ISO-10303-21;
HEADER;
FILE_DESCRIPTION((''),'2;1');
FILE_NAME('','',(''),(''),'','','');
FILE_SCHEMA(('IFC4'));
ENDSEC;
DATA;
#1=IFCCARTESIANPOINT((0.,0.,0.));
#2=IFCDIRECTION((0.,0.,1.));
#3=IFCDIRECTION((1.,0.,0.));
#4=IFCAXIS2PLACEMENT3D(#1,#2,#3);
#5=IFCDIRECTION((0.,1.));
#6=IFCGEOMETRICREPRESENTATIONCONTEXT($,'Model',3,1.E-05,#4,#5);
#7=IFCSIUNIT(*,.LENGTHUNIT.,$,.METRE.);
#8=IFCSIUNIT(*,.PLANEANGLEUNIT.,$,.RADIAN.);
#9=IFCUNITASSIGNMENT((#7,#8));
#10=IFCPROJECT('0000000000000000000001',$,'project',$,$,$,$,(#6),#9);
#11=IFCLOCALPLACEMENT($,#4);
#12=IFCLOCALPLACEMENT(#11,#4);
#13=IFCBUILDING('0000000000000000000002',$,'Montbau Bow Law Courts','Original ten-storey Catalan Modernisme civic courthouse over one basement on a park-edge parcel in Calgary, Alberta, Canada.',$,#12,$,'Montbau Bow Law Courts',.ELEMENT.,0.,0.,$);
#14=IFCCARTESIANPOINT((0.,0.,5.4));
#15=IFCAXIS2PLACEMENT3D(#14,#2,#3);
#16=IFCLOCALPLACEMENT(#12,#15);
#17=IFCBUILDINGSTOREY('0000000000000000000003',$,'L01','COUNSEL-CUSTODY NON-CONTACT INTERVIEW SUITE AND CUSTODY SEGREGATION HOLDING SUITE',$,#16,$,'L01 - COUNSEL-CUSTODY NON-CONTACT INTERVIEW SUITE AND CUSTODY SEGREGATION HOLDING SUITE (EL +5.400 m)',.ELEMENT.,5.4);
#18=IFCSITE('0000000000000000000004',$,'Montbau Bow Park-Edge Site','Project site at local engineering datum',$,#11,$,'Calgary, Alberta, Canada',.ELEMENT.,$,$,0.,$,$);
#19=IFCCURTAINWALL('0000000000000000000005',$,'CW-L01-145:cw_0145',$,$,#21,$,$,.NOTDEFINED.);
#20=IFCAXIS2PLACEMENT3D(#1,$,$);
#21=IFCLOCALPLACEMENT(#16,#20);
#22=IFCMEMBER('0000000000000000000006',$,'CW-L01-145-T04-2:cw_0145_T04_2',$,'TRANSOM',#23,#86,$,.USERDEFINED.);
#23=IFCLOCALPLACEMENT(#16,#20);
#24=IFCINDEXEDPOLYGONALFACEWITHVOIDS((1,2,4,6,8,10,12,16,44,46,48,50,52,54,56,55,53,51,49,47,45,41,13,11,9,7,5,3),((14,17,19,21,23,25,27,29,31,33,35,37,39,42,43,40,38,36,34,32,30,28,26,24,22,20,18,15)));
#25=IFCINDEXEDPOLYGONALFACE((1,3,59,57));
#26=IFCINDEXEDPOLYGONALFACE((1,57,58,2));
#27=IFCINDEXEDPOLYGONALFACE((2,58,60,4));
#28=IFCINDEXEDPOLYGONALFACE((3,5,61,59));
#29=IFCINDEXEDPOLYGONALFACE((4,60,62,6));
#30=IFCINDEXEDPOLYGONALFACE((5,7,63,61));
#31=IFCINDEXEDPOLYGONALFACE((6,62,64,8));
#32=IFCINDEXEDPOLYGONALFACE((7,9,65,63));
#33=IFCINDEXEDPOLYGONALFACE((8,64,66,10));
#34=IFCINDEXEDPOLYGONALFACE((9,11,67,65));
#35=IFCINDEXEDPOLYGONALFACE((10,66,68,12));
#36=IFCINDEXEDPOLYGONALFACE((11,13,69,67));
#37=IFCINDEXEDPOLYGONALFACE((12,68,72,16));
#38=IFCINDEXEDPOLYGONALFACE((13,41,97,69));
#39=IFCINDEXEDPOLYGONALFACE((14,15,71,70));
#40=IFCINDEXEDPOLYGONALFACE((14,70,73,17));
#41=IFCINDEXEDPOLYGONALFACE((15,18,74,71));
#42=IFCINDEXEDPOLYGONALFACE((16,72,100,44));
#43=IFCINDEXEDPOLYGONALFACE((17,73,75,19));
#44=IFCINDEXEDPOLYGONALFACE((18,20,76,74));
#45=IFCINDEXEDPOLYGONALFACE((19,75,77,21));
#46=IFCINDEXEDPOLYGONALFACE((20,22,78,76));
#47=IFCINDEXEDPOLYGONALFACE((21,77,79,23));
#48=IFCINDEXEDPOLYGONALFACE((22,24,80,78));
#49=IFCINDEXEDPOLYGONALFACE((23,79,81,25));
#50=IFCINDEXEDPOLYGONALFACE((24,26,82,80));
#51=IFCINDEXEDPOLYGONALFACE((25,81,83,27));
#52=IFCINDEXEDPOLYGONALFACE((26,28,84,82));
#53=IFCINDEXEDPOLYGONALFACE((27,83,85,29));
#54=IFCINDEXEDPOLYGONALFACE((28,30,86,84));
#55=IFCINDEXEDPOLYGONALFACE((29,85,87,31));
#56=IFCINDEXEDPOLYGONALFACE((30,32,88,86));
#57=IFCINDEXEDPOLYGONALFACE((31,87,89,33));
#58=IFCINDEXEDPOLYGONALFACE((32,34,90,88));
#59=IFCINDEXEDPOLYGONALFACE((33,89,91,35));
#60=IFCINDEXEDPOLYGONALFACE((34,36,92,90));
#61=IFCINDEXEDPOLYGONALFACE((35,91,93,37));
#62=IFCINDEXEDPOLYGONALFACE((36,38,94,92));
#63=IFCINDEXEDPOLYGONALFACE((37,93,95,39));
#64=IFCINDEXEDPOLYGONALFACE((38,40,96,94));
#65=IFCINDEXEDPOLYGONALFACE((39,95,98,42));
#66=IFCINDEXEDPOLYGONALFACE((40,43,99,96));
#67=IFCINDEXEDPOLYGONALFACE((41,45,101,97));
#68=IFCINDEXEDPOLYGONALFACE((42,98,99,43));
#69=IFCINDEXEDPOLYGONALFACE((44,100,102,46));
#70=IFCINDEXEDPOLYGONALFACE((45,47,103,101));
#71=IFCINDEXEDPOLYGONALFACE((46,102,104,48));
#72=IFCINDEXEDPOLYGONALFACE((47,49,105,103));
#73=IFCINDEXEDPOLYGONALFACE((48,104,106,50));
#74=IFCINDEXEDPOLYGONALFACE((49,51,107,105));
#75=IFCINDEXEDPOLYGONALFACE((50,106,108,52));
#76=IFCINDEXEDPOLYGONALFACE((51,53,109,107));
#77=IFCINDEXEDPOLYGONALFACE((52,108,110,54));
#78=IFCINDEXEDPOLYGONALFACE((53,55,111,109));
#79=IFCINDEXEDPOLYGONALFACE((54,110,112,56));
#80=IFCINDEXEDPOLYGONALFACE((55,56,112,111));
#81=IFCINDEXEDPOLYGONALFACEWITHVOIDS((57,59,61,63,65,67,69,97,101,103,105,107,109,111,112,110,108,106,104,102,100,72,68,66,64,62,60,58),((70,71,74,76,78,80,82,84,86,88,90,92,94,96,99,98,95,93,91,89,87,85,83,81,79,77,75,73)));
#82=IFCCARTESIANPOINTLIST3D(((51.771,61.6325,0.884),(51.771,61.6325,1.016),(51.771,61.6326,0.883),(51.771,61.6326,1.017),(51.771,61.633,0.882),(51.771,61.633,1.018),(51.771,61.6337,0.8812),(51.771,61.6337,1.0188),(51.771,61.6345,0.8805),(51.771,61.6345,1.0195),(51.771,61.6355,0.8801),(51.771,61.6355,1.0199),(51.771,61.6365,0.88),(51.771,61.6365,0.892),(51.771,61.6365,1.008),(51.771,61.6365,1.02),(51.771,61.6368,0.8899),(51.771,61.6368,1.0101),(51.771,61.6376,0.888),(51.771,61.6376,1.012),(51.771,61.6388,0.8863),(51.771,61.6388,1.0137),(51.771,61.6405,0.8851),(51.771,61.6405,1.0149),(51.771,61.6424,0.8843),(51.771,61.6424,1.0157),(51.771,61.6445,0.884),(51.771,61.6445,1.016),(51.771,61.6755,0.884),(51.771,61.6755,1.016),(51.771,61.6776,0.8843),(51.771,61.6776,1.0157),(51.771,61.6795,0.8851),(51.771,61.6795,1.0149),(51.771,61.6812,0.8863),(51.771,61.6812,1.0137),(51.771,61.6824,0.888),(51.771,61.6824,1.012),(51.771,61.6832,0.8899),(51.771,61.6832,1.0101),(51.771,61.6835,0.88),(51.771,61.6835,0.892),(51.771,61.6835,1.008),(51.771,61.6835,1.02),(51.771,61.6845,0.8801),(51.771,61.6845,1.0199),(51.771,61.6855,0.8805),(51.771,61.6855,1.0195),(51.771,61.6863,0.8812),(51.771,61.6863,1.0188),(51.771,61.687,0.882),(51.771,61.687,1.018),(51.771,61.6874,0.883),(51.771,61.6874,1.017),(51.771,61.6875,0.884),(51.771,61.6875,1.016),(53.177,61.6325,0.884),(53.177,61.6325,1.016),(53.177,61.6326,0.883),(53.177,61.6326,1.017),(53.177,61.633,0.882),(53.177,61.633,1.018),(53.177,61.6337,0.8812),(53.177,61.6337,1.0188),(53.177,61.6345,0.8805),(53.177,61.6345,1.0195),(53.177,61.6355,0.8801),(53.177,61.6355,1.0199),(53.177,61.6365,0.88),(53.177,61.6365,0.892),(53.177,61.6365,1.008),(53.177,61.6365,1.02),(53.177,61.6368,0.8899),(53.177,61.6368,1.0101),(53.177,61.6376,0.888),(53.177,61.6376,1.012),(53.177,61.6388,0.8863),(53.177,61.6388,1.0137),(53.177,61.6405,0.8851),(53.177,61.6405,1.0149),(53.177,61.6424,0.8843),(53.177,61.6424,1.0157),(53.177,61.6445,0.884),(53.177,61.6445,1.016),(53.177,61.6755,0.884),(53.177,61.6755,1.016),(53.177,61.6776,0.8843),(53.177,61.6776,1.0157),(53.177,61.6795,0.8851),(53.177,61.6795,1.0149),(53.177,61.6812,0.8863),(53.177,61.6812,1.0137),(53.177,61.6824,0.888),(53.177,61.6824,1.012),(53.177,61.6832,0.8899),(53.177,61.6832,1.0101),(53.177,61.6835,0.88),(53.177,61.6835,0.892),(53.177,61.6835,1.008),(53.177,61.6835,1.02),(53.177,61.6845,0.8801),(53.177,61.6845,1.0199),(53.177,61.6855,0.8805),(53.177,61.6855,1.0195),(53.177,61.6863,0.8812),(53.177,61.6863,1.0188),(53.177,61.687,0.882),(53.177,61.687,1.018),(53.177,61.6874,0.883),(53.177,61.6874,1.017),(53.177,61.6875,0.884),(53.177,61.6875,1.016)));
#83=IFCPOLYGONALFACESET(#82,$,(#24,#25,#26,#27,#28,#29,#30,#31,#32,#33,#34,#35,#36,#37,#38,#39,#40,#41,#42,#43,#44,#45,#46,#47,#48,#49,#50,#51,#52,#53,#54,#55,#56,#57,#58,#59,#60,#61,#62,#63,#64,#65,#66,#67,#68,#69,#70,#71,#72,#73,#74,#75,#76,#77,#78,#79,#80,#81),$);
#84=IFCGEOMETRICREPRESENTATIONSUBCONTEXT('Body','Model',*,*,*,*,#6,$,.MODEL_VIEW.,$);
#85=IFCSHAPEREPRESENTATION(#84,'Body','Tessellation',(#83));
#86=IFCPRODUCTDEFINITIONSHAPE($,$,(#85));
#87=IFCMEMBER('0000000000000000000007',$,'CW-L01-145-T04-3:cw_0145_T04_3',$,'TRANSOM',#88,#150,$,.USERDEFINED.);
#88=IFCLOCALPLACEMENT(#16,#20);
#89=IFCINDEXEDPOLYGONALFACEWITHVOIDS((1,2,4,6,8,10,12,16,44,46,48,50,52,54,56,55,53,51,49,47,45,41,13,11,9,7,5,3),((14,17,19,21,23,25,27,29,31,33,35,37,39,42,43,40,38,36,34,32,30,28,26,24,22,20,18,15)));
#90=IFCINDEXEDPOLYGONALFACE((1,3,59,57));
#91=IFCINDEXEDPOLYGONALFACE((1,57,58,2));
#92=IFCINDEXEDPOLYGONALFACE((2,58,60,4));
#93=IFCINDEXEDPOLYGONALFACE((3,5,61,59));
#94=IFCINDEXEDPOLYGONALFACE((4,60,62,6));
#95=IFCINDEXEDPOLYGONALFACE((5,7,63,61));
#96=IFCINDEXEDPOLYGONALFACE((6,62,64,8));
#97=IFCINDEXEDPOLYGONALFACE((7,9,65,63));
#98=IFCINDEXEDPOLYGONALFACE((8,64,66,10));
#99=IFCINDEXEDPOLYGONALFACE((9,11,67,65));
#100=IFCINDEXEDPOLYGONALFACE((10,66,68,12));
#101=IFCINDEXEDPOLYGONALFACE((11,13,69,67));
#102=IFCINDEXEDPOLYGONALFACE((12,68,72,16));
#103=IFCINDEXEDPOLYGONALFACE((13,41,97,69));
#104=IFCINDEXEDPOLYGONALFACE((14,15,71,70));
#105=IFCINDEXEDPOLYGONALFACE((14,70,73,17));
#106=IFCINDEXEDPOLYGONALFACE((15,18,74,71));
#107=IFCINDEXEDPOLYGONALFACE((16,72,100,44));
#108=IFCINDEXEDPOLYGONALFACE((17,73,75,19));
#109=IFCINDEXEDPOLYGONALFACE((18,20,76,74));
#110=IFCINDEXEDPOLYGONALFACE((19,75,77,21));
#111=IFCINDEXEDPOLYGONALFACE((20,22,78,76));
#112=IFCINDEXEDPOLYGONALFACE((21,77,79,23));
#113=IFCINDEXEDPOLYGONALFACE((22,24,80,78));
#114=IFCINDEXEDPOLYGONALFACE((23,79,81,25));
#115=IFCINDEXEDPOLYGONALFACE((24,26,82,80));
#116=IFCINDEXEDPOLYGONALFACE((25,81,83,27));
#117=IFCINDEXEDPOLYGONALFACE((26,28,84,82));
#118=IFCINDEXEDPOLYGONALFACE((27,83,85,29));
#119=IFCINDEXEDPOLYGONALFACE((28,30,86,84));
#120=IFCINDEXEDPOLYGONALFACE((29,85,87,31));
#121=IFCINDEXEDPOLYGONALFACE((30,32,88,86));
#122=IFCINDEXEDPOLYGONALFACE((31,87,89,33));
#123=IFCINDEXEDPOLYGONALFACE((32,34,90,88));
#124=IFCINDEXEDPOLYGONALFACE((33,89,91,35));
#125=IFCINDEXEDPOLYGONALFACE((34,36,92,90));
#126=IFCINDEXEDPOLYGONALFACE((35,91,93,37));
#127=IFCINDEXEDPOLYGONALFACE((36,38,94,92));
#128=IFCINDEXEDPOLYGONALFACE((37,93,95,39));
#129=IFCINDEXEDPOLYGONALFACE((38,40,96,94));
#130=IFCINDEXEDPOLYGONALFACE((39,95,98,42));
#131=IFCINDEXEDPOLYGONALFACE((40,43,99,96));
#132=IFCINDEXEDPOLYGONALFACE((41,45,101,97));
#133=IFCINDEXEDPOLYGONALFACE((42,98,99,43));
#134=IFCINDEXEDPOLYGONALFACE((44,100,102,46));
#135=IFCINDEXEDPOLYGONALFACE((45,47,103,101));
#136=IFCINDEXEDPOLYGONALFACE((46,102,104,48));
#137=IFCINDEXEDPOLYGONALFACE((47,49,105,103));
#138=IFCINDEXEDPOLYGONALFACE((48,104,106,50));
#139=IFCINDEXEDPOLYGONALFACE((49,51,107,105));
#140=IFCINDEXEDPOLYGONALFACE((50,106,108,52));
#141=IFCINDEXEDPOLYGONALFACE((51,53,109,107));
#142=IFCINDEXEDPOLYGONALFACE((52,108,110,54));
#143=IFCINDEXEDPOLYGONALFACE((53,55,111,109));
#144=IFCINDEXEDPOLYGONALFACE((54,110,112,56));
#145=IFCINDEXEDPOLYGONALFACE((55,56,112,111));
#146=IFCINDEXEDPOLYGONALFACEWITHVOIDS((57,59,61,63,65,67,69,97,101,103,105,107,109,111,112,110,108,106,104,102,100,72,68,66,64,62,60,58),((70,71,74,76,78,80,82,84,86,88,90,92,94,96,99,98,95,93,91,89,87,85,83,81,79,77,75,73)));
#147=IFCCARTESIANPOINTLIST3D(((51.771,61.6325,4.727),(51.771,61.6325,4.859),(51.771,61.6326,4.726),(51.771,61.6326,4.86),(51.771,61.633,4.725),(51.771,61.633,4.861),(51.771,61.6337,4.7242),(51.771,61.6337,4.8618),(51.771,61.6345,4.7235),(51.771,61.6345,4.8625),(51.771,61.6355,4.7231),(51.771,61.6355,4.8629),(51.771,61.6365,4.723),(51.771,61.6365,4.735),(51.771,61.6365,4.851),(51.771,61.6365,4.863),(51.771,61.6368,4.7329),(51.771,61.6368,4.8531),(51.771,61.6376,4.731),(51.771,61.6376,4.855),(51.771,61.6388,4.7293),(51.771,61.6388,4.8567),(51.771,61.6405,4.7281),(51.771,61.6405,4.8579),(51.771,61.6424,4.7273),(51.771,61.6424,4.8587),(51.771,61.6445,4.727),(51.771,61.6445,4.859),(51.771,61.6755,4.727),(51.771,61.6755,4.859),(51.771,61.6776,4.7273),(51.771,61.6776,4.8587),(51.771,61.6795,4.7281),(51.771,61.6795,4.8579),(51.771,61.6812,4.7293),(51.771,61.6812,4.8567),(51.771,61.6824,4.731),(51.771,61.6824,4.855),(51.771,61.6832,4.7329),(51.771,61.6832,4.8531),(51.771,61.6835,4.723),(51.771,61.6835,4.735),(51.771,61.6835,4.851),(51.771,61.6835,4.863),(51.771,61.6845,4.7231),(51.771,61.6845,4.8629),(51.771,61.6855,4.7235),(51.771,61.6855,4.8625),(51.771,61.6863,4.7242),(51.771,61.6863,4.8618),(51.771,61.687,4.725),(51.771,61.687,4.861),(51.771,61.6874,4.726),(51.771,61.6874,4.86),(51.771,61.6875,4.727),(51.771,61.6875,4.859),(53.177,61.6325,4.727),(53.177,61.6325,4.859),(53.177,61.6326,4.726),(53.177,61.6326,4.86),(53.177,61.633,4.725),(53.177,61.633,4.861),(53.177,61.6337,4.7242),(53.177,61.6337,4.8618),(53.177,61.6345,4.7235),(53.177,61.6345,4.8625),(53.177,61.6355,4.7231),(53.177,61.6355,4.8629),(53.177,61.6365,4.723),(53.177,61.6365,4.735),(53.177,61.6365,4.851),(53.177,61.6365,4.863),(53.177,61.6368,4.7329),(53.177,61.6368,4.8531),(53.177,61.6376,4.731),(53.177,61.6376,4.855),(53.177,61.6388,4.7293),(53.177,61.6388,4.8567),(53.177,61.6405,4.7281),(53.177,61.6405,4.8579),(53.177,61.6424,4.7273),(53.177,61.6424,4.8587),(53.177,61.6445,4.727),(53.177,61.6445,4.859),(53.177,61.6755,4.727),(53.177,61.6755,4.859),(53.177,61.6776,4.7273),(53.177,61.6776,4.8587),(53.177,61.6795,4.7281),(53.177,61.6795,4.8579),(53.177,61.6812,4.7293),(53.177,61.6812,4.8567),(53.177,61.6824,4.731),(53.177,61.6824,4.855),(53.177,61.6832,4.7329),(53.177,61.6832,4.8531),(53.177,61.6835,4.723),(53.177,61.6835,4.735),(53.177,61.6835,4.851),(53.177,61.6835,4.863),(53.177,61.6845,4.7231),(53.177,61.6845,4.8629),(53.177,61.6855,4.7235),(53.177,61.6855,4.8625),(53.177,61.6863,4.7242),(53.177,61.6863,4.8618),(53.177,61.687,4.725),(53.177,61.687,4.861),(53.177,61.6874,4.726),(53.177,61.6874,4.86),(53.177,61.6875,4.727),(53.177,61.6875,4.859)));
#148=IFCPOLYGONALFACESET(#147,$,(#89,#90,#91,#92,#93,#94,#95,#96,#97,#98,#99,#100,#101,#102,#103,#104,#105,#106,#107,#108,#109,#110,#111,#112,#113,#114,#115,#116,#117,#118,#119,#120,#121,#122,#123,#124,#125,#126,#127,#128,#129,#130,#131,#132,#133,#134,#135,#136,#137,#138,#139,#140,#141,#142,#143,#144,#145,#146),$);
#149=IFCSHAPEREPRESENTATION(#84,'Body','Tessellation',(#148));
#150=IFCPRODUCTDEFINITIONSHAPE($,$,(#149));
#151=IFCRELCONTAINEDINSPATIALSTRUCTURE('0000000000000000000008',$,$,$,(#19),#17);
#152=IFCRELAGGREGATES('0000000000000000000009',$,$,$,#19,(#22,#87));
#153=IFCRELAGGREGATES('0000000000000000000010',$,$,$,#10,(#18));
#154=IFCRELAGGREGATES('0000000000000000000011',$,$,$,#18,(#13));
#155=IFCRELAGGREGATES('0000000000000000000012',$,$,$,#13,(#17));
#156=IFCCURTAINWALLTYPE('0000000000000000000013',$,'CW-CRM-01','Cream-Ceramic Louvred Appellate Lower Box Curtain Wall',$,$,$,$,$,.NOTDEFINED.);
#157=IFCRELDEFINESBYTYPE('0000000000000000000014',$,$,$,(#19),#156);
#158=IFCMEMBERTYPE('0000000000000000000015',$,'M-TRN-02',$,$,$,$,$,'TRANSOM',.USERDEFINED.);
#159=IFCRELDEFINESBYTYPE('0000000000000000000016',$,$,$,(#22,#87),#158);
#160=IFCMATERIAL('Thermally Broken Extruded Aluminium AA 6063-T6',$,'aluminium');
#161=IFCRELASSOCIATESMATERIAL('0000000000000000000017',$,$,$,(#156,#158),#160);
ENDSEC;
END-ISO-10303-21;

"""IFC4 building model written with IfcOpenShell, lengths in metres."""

from ifc_helpers import new_model, si_unit, direction, frame, origin_with_axes, origin_2d_with_axis, place, context, subcontext, project, spatial, hollow_rectangle, extrude, material, material_profile, profile_set, type_object, element, aggregate, save


model = new_model("IFC4")

# Units and contexts
model_context = context("Model", 3, precision=1e-05, world=origin_with_axes(), true_north=direction((0.0, 1.0)))
body_context = subcontext(model_context, "Body", "Model", "MODEL_VIEW")
ifc_project = project(units=[si_unit("LENGTHUNIT", "METRE"), si_unit("PLANEANGLEUNIT", "RADIAN")], contexts=[model_context])

# Site, building, storey
site_placement = place(None, origin_with_axes())
site = spatial("IfcSite", under=ifc_project, at=site_placement, Name="Montbau Bow Park-Edge Site", Description="Project site at local engineering datum", LongName="Calgary, Alberta, Canada", CompositionType="ELEMENT", RefElevation=0.0)
building_placement = place(site_placement, origin_with_axes())
building = spatial("IfcBuilding", under=site, at=building_placement, Name="Montbau Bow Law Courts", Description="Original ten-storey Catalan Modernisme civic courthouse over one basement on a park-edge parcel in Calgary, Alberta, Canada.", LongName="Montbau Bow Law Courts", CompositionType="ELEMENT", ElevationOfRefHeight=0.0, ElevationOfTerrain=0.0)
storey_placement = place(building_placement, frame((0.0, 0.0, 5.4), z_axis=(0.0, 0.0, 1.0), x_axis=(1.0, 0.0, 0.0)))
storey = spatial("IfcBuildingStorey", under=building, at=storey_placement, Name="L01", Description="COUNSEL-CUSTODY NON-CONTACT INTERVIEW SUITE AND CUSTODY SEGREGATION HOLDING SUITE", LongName="L01 - COUNSEL-CUSTODY NON-CONTACT INTERVIEW SUITE AND CUSTODY SEGREGATION HOLDING SUITE (EL +5.400 m)", CompositionType="ELEMENT", Elevation=5.4)

# Curtain wall
ifc_material_1 = material(Name="Thermally Broken Extruded Aluminium AA 6063-T6", Category="aluminium")
curtain_wall_type = type_object("IfcCurtainWallType", Name="CW-CRM-01", Description="Cream-Ceramic Louvred Appellate Lower Box Curtain Wall", PredefinedType="NOTDEFINED", material=ifc_material_1)
curtain_wall_1_placement = place(None, frame((47.315, 61.66, 5.4), z_axis=(0.0, 0.0, 1.0), x_axis=(1.0, 0.0, 0.0)))
curtain_wall_1 = element("IfcCurtainWall", 1, at=curtain_wall_1_placement, inside=storey, type_object=curtain_wall_type, Name="CW-L01-145:cw_0145", PredefinedType="NOTDEFINED")

# Members
ifc_material_profile_1 = material_profile(ifc_material_1, hollow_rectangle(XDim=0.055, YDim=0.14, WallThickness=0.004, InnerFilletRadius=0.008, OuterFilletRadius=0.004, at=origin_2d_with_axis()), Name="CWT-140X55", Category="Main", Priority=0)
ifc_profile_set_1 = profile_set([ifc_material_profile_1], Name="Thermally Broken Extruded Aluminium AA 6063-T6")
member_type_1 = type_object("IfcMemberType", Name="M-TRN-02", ElementType="TRANSOM", PredefinedType="USERDEFINED", material=ifc_profile_set_1)
member_1_placement = place(None, frame((51.771, 61.66, 6.35), z_axis=(1.0, 0.0, 0.0), x_axis=(0.0, 1.0, 0.0)))
member_1 = element("IfcMember", 2, at=member_1_placement, type_object=member_type_1, Name="CW-L01-145-T04-2:cw_0145_T04_2", ObjectType="TRANSOM", PredefinedType="USERDEFINED", context=body_context, shape_type="SweptSolid", body=[
    extrude(hollow_rectangle(XDim=0.055, YDim=0.14, WallThickness=0.004, InnerFilletRadius=0.008, OuterFilletRadius=0.004, at=origin_2d_with_axis()), origin_with_axes(), (0.0, 0.0, 1.0), 1.406),
])
member_2_placement = place(None, frame((51.771, 61.66, 10.193), z_axis=(1.0, 0.0, 0.0), x_axis=(0.0, 1.0, 0.0)))
member_2 = element("IfcMember", 3, at=member_2_placement, type_object=member_type_1, Name="CW-L01-145-T04-3:cw_0145_T04_3", ObjectType="TRANSOM", PredefinedType="USERDEFINED", context=body_context, shape_type="SweptSolid", body=[
    extrude(hollow_rectangle(XDim=0.055, YDim=0.14, WallThickness=0.004, InnerFilletRadius=0.008, OuterFilletRadius=0.004, at=origin_2d_with_axis()), origin_with_axes(), (0.0, 0.0, 1.0), 1.406),
])

aggregate(curtain_wall_1, [member_1, member_2])

save(model, "model.ifc")
